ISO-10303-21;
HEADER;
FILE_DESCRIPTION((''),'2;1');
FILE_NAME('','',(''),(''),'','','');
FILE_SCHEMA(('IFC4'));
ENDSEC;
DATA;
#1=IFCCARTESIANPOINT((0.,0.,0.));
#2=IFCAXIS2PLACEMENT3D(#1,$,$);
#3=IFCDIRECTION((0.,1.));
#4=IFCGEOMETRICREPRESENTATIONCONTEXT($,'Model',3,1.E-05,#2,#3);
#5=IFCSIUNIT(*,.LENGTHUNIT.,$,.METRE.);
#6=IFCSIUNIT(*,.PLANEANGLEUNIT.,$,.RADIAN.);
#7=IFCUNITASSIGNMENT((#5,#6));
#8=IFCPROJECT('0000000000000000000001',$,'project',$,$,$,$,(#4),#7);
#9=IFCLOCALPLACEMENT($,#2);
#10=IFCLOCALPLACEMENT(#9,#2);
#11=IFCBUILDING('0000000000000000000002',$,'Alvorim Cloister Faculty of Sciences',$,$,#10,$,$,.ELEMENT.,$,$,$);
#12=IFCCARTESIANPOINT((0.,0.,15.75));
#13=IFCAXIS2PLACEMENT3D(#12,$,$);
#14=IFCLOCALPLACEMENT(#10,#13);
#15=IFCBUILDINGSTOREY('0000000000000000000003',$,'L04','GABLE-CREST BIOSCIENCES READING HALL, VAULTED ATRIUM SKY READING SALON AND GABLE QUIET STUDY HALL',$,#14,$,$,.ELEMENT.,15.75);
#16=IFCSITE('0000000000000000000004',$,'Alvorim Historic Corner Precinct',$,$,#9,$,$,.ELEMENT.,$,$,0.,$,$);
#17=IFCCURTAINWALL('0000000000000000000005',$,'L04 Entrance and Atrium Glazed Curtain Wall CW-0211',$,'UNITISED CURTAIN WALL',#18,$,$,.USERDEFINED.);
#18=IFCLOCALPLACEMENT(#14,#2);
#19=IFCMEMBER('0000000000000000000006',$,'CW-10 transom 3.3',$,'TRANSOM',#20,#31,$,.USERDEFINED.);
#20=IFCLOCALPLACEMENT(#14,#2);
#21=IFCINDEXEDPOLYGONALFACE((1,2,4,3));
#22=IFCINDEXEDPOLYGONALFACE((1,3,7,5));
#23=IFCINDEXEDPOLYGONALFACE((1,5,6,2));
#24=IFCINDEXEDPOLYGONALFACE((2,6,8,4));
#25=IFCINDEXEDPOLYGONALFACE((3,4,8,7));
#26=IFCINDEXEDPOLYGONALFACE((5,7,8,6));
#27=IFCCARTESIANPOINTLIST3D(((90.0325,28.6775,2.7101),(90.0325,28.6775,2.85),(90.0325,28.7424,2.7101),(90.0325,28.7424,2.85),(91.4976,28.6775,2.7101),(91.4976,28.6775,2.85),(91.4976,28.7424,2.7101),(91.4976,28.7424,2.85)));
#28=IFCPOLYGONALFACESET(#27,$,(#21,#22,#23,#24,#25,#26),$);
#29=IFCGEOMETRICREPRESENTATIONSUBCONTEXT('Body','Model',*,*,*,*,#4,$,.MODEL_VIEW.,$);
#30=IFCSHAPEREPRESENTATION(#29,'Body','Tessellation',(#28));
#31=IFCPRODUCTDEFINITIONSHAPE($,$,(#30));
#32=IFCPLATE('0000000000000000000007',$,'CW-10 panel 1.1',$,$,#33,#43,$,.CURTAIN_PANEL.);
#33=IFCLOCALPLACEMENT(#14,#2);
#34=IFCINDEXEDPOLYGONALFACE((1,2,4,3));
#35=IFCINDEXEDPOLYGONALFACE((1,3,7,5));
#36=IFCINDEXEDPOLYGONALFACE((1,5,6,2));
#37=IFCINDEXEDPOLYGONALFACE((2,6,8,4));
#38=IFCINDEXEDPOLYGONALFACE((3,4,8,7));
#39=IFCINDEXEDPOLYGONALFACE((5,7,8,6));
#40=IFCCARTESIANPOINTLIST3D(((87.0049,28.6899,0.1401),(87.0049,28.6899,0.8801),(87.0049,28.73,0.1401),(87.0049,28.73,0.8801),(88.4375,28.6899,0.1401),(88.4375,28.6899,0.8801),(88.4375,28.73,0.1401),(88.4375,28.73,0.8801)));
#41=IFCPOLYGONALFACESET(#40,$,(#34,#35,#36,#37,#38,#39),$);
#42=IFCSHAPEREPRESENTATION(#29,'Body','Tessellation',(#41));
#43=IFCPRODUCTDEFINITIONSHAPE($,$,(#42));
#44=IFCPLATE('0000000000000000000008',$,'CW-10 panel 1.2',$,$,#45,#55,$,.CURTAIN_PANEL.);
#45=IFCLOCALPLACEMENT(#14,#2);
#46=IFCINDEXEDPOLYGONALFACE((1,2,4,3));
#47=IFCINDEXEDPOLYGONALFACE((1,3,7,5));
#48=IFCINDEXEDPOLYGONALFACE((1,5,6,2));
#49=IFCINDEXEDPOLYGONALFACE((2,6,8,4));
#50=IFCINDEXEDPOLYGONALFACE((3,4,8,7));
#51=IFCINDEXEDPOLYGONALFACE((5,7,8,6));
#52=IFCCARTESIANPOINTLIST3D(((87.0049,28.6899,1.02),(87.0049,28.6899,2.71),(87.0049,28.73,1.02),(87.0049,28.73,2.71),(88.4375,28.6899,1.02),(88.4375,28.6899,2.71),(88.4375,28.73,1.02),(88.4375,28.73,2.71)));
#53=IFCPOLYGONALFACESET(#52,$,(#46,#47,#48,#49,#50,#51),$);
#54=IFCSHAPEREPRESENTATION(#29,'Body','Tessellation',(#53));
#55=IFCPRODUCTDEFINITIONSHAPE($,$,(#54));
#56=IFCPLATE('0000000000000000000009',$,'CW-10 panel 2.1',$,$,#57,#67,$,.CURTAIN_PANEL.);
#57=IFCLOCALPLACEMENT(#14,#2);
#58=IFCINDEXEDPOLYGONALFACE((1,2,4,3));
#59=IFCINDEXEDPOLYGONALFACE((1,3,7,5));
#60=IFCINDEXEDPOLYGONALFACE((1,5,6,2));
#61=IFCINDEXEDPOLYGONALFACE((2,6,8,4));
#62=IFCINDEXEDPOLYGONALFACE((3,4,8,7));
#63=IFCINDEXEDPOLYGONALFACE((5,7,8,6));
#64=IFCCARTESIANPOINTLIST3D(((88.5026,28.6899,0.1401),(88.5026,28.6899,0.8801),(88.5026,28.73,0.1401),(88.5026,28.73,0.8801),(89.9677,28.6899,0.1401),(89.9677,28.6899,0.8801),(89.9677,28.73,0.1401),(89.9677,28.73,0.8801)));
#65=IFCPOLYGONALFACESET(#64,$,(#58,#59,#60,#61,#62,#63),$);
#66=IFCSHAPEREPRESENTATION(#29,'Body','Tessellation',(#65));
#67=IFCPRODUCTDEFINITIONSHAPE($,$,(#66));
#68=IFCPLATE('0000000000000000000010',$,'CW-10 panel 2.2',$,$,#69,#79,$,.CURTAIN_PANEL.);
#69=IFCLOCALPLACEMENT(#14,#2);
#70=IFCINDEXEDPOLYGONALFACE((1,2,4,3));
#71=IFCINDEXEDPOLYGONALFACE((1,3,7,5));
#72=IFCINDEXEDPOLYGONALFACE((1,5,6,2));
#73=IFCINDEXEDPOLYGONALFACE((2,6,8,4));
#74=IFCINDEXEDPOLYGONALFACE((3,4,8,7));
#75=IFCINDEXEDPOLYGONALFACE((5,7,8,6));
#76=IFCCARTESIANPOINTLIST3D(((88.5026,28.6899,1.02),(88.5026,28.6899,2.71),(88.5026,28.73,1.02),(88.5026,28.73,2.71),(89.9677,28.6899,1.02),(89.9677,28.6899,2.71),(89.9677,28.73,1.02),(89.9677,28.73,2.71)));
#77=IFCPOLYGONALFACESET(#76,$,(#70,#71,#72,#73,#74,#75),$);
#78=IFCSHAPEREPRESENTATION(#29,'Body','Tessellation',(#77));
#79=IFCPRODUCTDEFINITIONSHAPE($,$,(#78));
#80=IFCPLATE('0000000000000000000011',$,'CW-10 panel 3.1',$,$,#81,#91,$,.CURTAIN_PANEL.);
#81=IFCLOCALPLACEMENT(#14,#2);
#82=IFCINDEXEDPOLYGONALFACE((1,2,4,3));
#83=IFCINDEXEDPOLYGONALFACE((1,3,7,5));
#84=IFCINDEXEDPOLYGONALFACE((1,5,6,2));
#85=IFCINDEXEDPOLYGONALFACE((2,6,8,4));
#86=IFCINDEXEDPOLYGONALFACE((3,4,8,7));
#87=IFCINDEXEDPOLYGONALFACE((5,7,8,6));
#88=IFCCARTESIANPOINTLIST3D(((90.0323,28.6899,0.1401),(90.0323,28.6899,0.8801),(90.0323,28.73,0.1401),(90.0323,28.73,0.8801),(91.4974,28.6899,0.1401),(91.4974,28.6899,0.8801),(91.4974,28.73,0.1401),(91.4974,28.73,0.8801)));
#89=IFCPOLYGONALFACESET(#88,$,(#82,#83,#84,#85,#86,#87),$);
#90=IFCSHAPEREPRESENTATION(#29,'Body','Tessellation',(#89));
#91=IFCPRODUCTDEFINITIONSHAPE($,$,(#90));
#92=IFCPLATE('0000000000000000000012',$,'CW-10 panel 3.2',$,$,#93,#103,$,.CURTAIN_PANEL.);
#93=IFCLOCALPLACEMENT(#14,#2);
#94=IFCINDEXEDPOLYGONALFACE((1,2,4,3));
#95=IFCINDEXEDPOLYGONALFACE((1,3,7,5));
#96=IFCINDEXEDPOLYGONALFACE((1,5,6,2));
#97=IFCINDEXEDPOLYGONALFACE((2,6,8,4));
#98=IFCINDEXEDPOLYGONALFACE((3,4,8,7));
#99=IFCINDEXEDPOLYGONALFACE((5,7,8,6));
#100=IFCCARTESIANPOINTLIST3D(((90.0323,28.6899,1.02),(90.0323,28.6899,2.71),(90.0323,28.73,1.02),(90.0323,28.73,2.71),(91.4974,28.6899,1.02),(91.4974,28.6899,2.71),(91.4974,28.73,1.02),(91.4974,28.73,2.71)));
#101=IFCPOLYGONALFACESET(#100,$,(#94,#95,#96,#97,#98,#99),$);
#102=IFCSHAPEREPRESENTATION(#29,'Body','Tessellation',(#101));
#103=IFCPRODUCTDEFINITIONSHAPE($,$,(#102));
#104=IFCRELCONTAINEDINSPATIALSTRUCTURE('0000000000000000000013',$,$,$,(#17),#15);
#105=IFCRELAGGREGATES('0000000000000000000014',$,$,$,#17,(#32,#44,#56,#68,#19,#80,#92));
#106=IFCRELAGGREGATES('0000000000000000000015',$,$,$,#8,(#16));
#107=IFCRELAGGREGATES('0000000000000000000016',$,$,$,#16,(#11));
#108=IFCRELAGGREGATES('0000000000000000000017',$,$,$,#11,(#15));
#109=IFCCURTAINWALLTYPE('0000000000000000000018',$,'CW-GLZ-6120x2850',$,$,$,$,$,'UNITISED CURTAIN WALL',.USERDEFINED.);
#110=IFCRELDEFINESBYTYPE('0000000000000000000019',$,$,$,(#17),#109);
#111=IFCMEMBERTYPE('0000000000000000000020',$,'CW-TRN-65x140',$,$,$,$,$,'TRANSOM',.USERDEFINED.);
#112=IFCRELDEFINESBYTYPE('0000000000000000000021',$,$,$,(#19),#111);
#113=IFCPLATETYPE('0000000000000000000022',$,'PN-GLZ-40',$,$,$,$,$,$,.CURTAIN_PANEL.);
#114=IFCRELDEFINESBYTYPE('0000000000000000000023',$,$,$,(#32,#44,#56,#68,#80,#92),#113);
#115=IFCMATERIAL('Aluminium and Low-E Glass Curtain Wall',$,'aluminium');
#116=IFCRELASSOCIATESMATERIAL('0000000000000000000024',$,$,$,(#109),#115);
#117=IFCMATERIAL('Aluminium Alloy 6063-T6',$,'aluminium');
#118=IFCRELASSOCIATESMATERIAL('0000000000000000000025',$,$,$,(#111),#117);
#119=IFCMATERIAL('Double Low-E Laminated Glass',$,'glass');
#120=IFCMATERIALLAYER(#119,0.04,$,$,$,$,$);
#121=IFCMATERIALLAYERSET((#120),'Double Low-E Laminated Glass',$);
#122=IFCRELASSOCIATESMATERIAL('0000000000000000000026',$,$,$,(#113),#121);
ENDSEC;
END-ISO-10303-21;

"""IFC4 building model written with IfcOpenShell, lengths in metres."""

from ifc_helpers import new_model, si_unit, direction, frame, origin, origin_2d, place, context, subcontext, project, spatial, rectangle, extrude, material, layer, layer_set, material_profile, profile_set, type_object, element, aggregate, save


model = new_model("IFC4")

# Units and contexts
model_context = context("Model", 3, precision=1e-05, world=origin(), true_north=direction((0.0, 1.0)))
body_context = subcontext(model_context, "Body", "Model", "MODEL_VIEW")
ifc_project = project(units=[si_unit("LENGTHUNIT", "METRE"), si_unit("PLANEANGLEUNIT", "RADIAN")], contexts=[model_context])

# Site, building, storey
site_placement = place(None, origin())
site = spatial("IfcSite", under=ifc_project, at=site_placement, Name="Alvorim Historic Corner Precinct", CompositionType="ELEMENT", RefElevation=0.0)
building_placement = place(site_placement, origin())
building = spatial("IfcBuilding", under=site, at=building_placement, Name="Alvorim Cloister Faculty of Sciences", CompositionType="ELEMENT")
storey_placement = place(building_placement, frame((0.0, 0.0, 15.75)))
storey = spatial("IfcBuildingStorey", under=building, at=storey_placement, Name="L04", Description="GABLE-CREST BIOSCIENCES READING HALL, VAULTED ATRIUM SKY READING SALON AND GABLE QUIET STUDY HALL", CompositionType="ELEMENT", Elevation=15.75)

# Curtain wall, member, plates
ifc_material_1 = material(Name="Aluminium and Low-E Glass Curtain Wall", Category="aluminium")
curtain_wall_type = type_object("IfcCurtainWallType", Name="CW-GLZ-6120x2850", ElementType="UNITISED CURTAIN WALL", PredefinedType="USERDEFINED", material=ifc_material_1)
curtain_wall_placement = place(storey_placement, origin())
curtain_wall = element("IfcCurtainWall", 1, at=curtain_wall_placement, inside=storey, type_object=curtain_wall_type, Name="L04 Entrance and Atrium Glazed Curtain Wall CW-0211", ObjectType="UNITISED CURTAIN WALL", PredefinedType="USERDEFINED")
ifc_material_2 = material(Name="Aluminium Alloy 6063-T6", Category="aluminium")
ifc_material_profile_1 = material_profile(ifc_material_2, rectangle(XDim=0.0649, YDim=0.1399, at=origin_2d()), Name="ALU-TRN-65x140")
ifc_profile_set_1 = profile_set([ifc_material_profile_1], Name="Aluminium Alloy 6063-T6")
member_type_1 = type_object("IfcMemberType", Name="CW-TRN-65x140", ElementType="TRANSOM", PredefinedType="USERDEFINED", material=ifc_profile_set_1)
member_1_placement = place(storey_placement, frame((90.0325, 28.71, 2.78), z_axis=(1.0, 0.0, 0.0), x_axis=(0.0, 1.0, 0.0)))
member_1 = element("IfcMember", 2, at=member_1_placement, type_object=member_type_1, Name="CW-10 transom 3.3", ObjectType="TRANSOM", PredefinedType="USERDEFINED", context=body_context, shape_type="SweptSolid", body=[
    extrude(rectangle(XDim=0.0649, YDim=0.1399, at=origin_2d()), origin(), (0.0, 0.0, 1.0), 1.4651),
])
ifc_material_3 = material(Name="Double Low-E Laminated Glass", Category="glass")
ifc_layer = layer(ifc_material_3, 0.04)
ifc_layer_set = layer_set([ifc_layer], Name="Double Low-E Laminated Glass")
plate_type = type_object("IfcPlateType", Name="PN-GLZ-40", PredefinedType="CURTAIN_PANEL", material=ifc_layer_set)
plate_1_placement = place(storey_placement, frame((87.7212, 28.71, 0.1401), z_axis=(0.0, 0.0, 1.0), x_axis=(1.0, 0.0, 0.0)))
plate_1 = element("IfcPlate", 3, at=plate_1_placement, type_object=plate_type, Name="CW-10 panel 1.1", PredefinedType="CURTAIN_PANEL", context=body_context, shape_type="SweptSolid", body=[
    extrude(rectangle(XDim=1.4326, YDim=0.04, at=origin_2d()), origin(), (0.0, 0.0, 1.0), 0.74),
])
plate_2_placement = place(storey_placement, frame((87.7212, 28.71, 1.02), z_axis=(0.0, 0.0, 1.0), x_axis=(1.0, 0.0, 0.0)))
plate_2 = element("IfcPlate", 4, at=plate_2_placement, type_object=plate_type, Name="CW-10 panel 1.2", PredefinedType="CURTAIN_PANEL", context=body_context, shape_type="SweptSolid", body=[
    extrude(rectangle(XDim=1.4326, YDim=0.04, at=origin_2d()), origin(), (0.0, 0.0, 1.0), 1.6899),
])
plate_3_placement = place(storey_placement, frame((89.2351, 28.71, 0.1401), z_axis=(0.0, 0.0, 1.0), x_axis=(1.0, 0.0, 0.0)))
plate_3 = element("IfcPlate", 5, at=plate_3_placement, type_object=plate_type, Name="CW-10 panel 2.1", PredefinedType="CURTAIN_PANEL", context=body_context, shape_type="SweptSolid", body=[
    extrude(rectangle(XDim=1.4651, YDim=0.04, at=origin_2d()), origin(), (0.0, 0.0, 1.0), 0.74),
])
plate_4_placement = place(storey_placement, frame((89.2351, 28.71, 1.02), z_axis=(0.0, 0.0, 1.0), x_axis=(1.0, 0.0, 0.0)))
plate_4 = element("IfcPlate", 6, at=plate_4_placement, type_object=plate_type, Name="CW-10 panel 2.2", PredefinedType="CURTAIN_PANEL", context=body_context, shape_type="SweptSolid", body=[
    extrude(rectangle(XDim=1.4651, YDim=0.04, at=origin_2d()), origin(), (0.0, 0.0, 1.0), 1.6899),
])
plate_5_placement = place(storey_placement, frame((90.7649, 28.71, 0.1401), z_axis=(0.0, 0.0, 1.0), x_axis=(1.0, 0.0, 0.0)))
plate_5 = element("IfcPlate", 7, at=plate_5_placement, type_object=plate_type, Name="CW-10 panel 3.1", PredefinedType="CURTAIN_PANEL", context=body_context, shape_type="SweptSolid", body=[
    extrude(rectangle(XDim=1.4651, YDim=0.04, at=origin_2d()), origin(), (0.0, 0.0, 1.0), 0.74),
])
plate_6_placement = place(storey_placement, frame((90.7649, 28.71, 1.02), z_axis=(0.0, 0.0, 1.0), x_axis=(1.0, 0.0, 0.0)))
plate_6 = element("IfcPlate", 8, at=plate_6_placement, type_object=plate_type, Name="CW-10 panel 3.2", PredefinedType="CURTAIN_PANEL", context=body_context, shape_type="SweptSolid", body=[
    extrude(rectangle(XDim=1.4651, YDim=0.04, at=origin_2d()), origin(), (0.0, 0.0, 1.0), 1.6899),
])
aggregate(curtain_wall, [plate_1, plate_2, plate_3, plate_4, member_1, plate_5, plate_6])

save(model, "model.ifc")
